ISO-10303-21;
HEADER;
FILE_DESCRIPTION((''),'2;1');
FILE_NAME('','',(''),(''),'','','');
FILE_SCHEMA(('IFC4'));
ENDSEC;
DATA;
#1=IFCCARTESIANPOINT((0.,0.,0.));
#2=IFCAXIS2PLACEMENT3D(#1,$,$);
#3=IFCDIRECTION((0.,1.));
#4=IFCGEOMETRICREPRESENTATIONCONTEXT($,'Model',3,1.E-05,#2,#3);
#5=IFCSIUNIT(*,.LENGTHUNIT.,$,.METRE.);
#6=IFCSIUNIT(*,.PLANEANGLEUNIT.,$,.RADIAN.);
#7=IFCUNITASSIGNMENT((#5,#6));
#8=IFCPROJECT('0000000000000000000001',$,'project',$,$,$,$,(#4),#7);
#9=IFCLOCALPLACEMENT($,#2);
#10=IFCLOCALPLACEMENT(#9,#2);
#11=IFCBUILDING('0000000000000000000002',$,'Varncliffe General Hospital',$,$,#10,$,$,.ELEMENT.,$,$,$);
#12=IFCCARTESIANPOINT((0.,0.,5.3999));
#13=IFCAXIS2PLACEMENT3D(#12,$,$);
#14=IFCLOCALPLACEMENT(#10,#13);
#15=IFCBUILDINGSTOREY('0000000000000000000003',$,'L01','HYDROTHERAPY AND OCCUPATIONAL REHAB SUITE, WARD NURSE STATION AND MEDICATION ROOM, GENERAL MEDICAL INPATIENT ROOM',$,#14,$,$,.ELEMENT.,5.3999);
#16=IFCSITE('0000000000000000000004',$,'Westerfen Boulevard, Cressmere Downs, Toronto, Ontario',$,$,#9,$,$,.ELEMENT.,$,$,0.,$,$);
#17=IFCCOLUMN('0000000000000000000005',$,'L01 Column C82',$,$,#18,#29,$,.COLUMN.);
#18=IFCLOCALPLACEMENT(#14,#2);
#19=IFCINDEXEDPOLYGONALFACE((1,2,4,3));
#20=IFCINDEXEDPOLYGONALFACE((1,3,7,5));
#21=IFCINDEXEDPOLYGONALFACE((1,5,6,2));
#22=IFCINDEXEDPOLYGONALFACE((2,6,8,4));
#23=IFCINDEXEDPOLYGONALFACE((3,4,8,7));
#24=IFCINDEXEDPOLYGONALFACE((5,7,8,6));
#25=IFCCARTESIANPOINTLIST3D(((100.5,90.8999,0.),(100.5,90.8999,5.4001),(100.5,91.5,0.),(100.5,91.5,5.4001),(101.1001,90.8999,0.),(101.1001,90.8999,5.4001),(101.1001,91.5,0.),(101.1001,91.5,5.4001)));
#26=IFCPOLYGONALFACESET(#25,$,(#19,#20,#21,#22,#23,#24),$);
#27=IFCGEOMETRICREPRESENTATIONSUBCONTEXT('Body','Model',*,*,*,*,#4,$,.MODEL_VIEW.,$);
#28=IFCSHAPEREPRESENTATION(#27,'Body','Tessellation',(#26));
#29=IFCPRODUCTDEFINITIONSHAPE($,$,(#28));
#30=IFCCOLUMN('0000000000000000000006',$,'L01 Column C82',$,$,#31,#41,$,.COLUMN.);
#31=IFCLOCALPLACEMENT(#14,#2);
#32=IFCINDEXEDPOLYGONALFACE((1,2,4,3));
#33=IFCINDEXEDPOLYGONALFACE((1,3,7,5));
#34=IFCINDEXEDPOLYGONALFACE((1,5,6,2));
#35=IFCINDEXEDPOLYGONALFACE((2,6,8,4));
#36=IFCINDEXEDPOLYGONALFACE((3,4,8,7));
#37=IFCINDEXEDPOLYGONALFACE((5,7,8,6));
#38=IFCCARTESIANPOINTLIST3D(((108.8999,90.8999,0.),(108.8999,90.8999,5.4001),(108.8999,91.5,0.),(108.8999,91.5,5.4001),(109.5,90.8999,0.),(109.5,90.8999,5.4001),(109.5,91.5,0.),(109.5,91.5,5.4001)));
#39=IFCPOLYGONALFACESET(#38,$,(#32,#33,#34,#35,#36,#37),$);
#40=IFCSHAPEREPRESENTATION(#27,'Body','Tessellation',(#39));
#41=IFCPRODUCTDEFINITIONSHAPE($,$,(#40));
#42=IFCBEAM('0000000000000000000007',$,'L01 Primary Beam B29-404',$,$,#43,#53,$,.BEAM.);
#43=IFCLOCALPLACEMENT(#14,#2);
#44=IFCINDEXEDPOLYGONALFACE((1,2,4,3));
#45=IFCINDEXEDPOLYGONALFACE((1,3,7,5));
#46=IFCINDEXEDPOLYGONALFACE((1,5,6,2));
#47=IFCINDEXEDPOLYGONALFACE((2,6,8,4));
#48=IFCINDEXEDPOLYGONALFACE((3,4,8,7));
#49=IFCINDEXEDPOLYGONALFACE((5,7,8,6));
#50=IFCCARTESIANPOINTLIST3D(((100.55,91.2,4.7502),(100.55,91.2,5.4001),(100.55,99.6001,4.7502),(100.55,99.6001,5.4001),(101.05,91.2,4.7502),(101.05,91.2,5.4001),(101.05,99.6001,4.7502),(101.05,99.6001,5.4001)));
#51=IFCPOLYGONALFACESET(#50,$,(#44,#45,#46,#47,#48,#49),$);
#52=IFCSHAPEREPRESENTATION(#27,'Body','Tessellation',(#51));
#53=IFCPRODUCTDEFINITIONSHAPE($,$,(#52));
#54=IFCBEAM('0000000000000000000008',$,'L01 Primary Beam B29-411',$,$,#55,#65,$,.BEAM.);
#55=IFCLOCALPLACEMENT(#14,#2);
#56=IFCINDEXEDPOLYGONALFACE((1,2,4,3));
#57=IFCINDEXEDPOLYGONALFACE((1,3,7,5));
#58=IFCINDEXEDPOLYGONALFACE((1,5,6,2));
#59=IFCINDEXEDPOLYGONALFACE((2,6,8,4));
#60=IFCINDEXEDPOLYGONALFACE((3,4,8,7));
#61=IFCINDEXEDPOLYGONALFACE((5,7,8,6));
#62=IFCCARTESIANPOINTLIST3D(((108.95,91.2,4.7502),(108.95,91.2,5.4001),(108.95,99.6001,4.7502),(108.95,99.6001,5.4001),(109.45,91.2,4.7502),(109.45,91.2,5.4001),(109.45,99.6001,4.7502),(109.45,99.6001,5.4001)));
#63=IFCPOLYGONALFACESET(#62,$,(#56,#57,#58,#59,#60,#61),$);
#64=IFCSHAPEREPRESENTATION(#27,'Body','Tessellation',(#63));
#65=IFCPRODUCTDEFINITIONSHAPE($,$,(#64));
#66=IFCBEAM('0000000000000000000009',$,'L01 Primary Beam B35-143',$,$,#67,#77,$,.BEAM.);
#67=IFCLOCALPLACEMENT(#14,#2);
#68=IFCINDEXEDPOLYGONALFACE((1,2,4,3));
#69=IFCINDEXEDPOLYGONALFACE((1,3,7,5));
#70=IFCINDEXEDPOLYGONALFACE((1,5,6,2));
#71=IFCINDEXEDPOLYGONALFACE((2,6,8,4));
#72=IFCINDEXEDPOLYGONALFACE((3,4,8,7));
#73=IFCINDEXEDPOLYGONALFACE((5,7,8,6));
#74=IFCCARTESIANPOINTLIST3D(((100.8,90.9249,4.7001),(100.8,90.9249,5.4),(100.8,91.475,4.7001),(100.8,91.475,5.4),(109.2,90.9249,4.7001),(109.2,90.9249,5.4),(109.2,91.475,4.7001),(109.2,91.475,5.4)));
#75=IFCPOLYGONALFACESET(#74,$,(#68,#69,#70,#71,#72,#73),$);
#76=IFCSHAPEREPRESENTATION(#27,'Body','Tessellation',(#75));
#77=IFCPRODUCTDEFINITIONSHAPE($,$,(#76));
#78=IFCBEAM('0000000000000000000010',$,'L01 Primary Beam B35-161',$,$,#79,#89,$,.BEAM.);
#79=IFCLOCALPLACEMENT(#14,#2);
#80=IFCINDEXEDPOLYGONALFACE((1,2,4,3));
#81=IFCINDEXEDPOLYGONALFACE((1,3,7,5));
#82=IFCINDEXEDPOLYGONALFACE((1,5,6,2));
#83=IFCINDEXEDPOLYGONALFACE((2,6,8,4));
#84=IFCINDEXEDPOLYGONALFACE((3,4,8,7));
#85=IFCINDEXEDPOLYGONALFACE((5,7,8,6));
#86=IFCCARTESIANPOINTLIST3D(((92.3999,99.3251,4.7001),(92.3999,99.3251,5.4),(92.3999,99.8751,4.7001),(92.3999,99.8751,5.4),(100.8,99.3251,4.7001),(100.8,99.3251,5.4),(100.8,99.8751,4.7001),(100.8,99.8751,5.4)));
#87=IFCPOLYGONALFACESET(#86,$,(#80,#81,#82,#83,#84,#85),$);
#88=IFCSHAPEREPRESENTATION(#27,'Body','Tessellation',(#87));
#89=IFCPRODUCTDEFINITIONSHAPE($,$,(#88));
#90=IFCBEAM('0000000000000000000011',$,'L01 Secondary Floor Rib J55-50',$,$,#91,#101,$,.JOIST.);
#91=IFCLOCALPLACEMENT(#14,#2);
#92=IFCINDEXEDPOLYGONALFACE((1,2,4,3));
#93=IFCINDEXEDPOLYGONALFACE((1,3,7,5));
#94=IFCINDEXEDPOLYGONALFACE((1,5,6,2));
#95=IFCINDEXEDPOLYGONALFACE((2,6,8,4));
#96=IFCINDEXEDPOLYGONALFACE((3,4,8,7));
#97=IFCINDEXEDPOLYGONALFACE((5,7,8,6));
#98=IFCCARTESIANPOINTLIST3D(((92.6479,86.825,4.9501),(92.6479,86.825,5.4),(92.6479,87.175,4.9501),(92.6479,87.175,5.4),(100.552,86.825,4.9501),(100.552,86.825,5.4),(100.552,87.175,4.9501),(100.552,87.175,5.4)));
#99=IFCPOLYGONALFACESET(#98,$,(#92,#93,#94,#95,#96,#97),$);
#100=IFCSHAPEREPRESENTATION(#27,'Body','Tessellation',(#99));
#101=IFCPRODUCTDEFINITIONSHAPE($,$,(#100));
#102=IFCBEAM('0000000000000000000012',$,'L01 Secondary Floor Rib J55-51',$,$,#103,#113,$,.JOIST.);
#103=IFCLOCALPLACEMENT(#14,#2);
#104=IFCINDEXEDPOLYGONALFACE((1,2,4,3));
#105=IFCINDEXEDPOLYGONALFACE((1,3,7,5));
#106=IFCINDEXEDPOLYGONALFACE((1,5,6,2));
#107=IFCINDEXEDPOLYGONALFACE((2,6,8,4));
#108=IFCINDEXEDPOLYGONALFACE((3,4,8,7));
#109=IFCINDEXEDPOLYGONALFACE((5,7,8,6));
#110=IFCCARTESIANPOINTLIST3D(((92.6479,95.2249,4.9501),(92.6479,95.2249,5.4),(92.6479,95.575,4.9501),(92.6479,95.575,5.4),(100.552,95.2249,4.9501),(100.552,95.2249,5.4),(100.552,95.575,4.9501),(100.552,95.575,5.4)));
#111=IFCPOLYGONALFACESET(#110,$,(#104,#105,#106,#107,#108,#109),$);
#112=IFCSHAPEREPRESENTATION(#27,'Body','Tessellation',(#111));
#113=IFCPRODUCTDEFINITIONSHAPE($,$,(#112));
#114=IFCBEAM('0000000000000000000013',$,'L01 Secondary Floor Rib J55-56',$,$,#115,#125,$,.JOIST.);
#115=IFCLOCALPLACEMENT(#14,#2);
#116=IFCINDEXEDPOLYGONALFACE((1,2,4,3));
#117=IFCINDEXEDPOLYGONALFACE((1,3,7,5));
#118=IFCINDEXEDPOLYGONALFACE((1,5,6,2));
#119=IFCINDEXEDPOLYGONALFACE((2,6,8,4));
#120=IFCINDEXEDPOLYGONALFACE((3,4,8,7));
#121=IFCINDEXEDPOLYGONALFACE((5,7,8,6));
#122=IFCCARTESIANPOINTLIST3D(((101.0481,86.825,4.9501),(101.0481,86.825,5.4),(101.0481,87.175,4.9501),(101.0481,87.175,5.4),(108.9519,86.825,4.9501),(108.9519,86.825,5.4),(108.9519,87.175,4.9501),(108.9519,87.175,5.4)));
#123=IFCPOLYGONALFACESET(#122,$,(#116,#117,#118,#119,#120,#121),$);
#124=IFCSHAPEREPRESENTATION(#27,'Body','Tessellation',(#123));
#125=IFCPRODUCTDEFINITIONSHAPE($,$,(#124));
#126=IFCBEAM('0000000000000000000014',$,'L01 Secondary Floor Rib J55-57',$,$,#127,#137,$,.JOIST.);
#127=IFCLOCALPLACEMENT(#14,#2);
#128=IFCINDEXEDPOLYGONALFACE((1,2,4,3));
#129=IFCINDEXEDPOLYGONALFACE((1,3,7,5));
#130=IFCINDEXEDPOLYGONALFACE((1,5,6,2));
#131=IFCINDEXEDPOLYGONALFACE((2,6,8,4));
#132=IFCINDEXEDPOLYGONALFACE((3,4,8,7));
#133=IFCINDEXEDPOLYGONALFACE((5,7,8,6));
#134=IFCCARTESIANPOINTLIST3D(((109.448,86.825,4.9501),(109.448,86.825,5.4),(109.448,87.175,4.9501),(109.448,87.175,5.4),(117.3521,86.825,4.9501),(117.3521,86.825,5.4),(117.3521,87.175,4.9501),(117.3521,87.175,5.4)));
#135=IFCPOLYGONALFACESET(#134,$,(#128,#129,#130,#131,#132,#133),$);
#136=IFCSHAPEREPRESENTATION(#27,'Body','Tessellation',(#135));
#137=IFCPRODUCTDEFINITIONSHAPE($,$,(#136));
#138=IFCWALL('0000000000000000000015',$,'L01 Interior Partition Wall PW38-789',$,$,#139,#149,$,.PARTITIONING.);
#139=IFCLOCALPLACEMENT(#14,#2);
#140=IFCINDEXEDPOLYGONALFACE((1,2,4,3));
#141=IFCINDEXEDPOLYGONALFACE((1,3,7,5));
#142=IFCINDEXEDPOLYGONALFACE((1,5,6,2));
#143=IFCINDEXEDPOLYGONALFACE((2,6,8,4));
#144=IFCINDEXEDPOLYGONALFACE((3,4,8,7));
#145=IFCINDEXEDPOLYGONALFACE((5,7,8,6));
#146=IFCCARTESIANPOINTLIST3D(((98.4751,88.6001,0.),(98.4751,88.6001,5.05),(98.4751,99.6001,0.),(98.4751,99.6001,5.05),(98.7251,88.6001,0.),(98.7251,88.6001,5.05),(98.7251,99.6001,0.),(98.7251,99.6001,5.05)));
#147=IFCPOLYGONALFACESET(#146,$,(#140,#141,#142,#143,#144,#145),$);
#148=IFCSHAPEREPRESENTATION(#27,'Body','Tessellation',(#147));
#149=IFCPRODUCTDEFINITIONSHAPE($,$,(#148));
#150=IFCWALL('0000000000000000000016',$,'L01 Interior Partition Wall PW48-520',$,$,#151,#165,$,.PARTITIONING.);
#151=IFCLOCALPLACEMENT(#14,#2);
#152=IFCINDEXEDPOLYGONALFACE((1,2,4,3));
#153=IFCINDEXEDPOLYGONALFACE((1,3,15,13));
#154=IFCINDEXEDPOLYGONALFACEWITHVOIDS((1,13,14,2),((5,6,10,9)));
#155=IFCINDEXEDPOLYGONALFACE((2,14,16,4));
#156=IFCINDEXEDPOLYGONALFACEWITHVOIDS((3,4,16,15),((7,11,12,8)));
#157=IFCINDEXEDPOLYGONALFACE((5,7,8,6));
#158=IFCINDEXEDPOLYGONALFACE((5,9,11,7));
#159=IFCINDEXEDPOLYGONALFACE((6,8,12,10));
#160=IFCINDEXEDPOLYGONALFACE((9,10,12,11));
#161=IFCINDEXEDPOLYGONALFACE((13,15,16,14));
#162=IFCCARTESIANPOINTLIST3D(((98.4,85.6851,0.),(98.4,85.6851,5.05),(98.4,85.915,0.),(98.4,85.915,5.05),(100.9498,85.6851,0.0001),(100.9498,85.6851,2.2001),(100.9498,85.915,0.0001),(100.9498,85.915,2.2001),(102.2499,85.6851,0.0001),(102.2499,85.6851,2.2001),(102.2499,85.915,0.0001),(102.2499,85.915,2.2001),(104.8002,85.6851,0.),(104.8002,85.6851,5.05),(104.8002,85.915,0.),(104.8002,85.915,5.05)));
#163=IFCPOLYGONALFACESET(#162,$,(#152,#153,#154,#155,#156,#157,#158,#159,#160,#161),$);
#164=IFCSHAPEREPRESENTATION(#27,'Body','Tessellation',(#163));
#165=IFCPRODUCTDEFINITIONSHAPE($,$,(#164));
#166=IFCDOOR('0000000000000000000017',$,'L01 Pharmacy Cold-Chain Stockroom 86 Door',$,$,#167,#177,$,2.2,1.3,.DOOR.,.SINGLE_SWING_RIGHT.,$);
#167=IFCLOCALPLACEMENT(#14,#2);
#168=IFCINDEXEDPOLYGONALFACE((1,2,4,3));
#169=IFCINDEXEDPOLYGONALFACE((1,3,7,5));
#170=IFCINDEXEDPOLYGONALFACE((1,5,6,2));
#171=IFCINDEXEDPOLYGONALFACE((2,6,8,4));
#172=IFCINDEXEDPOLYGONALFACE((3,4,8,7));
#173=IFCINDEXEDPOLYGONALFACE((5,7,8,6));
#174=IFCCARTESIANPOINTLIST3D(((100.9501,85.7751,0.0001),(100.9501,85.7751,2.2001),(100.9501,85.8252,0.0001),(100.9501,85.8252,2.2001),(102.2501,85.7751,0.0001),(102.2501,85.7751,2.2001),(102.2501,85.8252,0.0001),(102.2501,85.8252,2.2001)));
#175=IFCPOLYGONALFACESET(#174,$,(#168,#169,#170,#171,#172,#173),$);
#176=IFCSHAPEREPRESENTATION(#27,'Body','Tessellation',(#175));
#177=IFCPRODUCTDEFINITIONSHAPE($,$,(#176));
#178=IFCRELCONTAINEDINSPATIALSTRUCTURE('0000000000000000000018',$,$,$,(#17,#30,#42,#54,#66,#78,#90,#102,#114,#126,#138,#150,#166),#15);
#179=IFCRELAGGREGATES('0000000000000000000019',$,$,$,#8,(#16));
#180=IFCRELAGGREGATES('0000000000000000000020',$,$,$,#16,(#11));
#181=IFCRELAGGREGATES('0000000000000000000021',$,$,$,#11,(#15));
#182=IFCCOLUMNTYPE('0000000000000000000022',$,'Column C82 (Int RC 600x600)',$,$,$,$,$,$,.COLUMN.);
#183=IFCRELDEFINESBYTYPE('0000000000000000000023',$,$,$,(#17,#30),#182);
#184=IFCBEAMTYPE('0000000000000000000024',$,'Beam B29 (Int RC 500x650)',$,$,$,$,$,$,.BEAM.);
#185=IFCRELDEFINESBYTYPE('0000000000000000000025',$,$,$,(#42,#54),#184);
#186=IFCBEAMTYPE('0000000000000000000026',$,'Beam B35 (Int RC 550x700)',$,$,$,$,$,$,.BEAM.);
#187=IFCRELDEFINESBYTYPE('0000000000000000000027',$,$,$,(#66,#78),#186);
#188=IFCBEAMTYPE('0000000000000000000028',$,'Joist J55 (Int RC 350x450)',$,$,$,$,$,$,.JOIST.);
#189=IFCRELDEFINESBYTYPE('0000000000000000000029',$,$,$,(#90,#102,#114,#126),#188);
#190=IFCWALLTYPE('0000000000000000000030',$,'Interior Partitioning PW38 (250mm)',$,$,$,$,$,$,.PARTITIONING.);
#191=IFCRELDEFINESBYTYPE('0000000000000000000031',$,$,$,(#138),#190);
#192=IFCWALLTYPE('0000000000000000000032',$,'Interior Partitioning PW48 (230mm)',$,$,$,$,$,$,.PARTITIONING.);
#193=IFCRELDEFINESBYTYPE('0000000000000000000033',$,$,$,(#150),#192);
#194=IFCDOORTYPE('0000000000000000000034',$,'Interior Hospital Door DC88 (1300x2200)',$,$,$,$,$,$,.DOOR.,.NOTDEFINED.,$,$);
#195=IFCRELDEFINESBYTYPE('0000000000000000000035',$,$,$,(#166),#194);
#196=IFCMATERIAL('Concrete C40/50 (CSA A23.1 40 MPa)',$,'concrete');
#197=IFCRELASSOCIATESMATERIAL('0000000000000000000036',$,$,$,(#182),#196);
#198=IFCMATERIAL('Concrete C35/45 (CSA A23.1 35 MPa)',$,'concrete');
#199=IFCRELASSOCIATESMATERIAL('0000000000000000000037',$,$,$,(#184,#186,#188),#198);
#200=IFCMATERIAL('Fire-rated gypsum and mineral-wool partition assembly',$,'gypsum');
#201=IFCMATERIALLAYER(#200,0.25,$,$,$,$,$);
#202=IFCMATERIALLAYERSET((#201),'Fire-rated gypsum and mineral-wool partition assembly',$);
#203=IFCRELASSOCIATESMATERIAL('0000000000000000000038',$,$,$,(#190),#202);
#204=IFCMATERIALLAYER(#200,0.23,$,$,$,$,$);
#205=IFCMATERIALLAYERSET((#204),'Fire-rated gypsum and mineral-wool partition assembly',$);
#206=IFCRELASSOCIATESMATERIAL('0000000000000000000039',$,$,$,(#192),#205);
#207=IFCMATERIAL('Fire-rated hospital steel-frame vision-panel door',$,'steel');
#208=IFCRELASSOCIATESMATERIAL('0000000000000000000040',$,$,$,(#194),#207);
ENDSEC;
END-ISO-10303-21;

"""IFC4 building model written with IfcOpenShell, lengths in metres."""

from ifc_helpers import new_model, si_unit, direction, frame, frame_2d, origin, origin_2d, place, context, subcontext, project, spatial, rectangle, extrude, material, layer, layer_set, material_profile, profile_set, type_object, element, fill, save


model = new_model("IFC4")

# Units and contexts
model_context = context("Model", 3, precision=1e-05, world=origin(), true_north=direction((0.0, 1.0)))
body_context = subcontext(model_context, "Body", "Model", "MODEL_VIEW")
ifc_project = project(units=[si_unit("LENGTHUNIT", "METRE"), si_unit("PLANEANGLEUNIT", "RADIAN")], contexts=[model_context])

# Site, building, storey
site_placement = place(None, origin())
site = spatial("IfcSite", under=ifc_project, at=site_placement, Name="Westerfen Boulevard, Cressmere Downs, Toronto, Ontario", CompositionType="ELEMENT", RefElevation=0.0)
building_placement = place(site_placement, origin())
building = spatial("IfcBuilding", under=site, at=building_placement, Name="Varncliffe General Hospital", CompositionType="ELEMENT")
storey_placement = place(building_placement, frame((0.0, 0.0, 5.3999)))
storey = spatial("IfcBuildingStorey", under=building, at=storey_placement, Name="L01", Description="HYDROTHERAPY AND OCCUPATIONAL REHAB SUITE, WARD NURSE STATION AND MEDICATION ROOM, GENERAL MEDICAL INPATIENT ROOM", CompositionType="ELEMENT", Elevation=5.3999)

# Columns
ifc_material_1 = material(Name="Concrete C40/50 (CSA A23.1 40 MPa)", Category="concrete")
ifc_material_profile_1 = material_profile(ifc_material_1, rectangle(XDim=0.6001, YDim=0.6001, at=origin_2d()), Name="RC 600x600")
ifc_profile_set_1 = profile_set([ifc_material_profile_1], Name="Concrete C40/50 (CSA A23.1 40 MPa)")
column_type = type_object("IfcColumnType", Name="Column C82 (Int RC 600x600)", PredefinedType="COLUMN", material=ifc_profile_set_1)
for number, where, z_axis, x_axis, name in (
    (1, (100.8, 91.2, 0.0), (0.0, 0.0, 1.0), (1.0, 0.0, 0.0), "L01 Column C82"),
    (2, (109.2, 91.2, 0.0), (0.0, 0.0, 1.0), (1.0, 0.0, 0.0), "L01 Column C82"),
):
    element("IfcColumn", number, at=place(storey_placement, frame(where, z_axis=z_axis, x_axis=x_axis)), inside=storey, type_object=column_type, Name=name, PredefinedType="COLUMN", context=body_context, shape_type="SweptSolid", body=[
        extrude(rectangle(XDim=0.6001, YDim=0.6001, at=origin_2d()), origin(), (0.0, 0.0, 1.0), 5.4001),
    ])

# Beams
ifc_material_2 = material(Name="Concrete C35/45 (CSA A23.1 35 MPa)", Category="concrete")
ifc_material_profile_2 = material_profile(ifc_material_2, rectangle(XDim=0.5, YDim=0.6499, at=origin_2d()), Name="RC 500x650")
ifc_profile_set_2 = profile_set([ifc_material_profile_2], Name="Concrete C35/45 (CSA A23.1 35 MPa)")
beam_type_1 = type_object("IfcBeamType", Name="Beam B29 (Int RC 500x650)", PredefinedType="BEAM", material=ifc_profile_set_2)
for number, where, z_axis, x_axis, name in (
    (3, (100.8, 91.2, 5.0752), (0.0, 1.0, 0.0), (-1.0, 0.0, 0.0), "L01 Primary Beam B29-404"),
    (4, (109.2, 91.2, 5.0752), (0.0, 1.0, 0.0), (-1.0, 0.0, 0.0), "L01 Primary Beam B29-411"),
):
    element("IfcBeam", number, at=place(storey_placement, frame(where, z_axis=z_axis, x_axis=x_axis)), inside=storey, type_object=beam_type_1, Name=name, PredefinedType="BEAM", context=body_context, shape_type="SweptSolid", body=[
        extrude(rectangle(XDim=0.5, YDim=0.6499, at=origin_2d()), origin(), (0.0, 0.0, 1.0), 8.4001),
    ])
ifc_material_profile_3 = material_profile(ifc_material_2, rectangle(XDim=0.55, YDim=0.7, at=origin_2d()), Name="RC 550x700")
ifc_profile_set_3 = profile_set([ifc_material_profile_3], Name="Concrete C35/45 (CSA A23.1 35 MPa)")
beam_type_2 = type_object("IfcBeamType", Name="Beam B35 (Int RC 550x700)", PredefinedType="BEAM", material=ifc_profile_set_3)
beam_1_placement = place(storey_placement, frame((100.8, 91.2, 5.05), z_axis=(1.0, 0.0, 0.0), x_axis=(0.0, 1.0, 0.0)))
element("IfcBeam", 5, at=beam_1_placement, inside=storey, type_object=beam_type_2, Name="L01 Primary Beam B35-143", PredefinedType="BEAM", context=body_context, shape_type="SweptSolid", body=[
    extrude(rectangle(XDim=0.55, YDim=0.7, at=origin_2d()), origin(), (0.0, 0.0, 1.0), 8.3999),
])
beam_2_placement = place(storey_placement, frame((92.3999, 99.6001, 5.05), z_axis=(1.0, 0.0, 0.0), x_axis=(0.0, 1.0, 0.0)))
element("IfcBeam", 6, at=beam_2_placement, inside=storey, type_object=beam_type_2, Name="L01 Primary Beam B35-161", PredefinedType="BEAM", context=body_context, shape_type="SweptSolid", body=[
    extrude(rectangle(XDim=0.55, YDim=0.7, at=origin_2d()), origin(), (0.0, 0.0, 1.0), 8.4001),
])
ifc_material_profile_4 = material_profile(ifc_material_2, rectangle(XDim=0.3501, YDim=0.45, at=origin_2d()), Name="RC 350x450")
ifc_profile_set_4 = profile_set([ifc_material_profile_4], Name="Concrete C35/45 (CSA A23.1 35 MPa)")
beam_type_3 = type_object("IfcBeamType", Name="Joist J55 (Int RC 350x450)", PredefinedType="JOIST", material=ifc_profile_set_4)
for number, where, z_axis, x_axis, name in (
    (7, (92.6479, 87.0, 5.175), (1.0, 0.0, 0.0), (0.0, 1.0, 0.0), "L01 Secondary Floor Rib J55-50"),
    (8, (92.6479, 95.3999, 5.175), (1.0, 0.0, 0.0), (0.0, 1.0, 0.0), "L01 Secondary Floor Rib J55-51"),
):
    element("IfcBeam", number, at=place(storey_placement, frame(where, z_axis=z_axis, x_axis=x_axis)), inside=storey, type_object=beam_type_3, Name=name, PredefinedType="JOIST", context=body_context, shape_type="SweptSolid", body=[
        extrude(rectangle(XDim=0.3501, YDim=0.45, at=origin_2d()), origin(), (0.0, 0.0, 1.0), 7.9041),
    ])
beam_3_placement = place(storey_placement, frame((101.0481, 87.0, 5.175), z_axis=(1.0, 0.0, 0.0), x_axis=(0.0, 1.0, 0.0)))
element("IfcBeam", 9, at=beam_3_placement, inside=storey, type_object=beam_type_3, Name="L01 Secondary Floor Rib J55-56", PredefinedType="JOIST", context=body_context, shape_type="SweptSolid", body=[
    extrude(rectangle(XDim=0.3501, YDim=0.45, at=origin_2d()), origin(), (0.0, 0.0, 1.0), 7.9038),
])
beam_4_placement = place(storey_placement, frame((109.448, 87.0, 5.175), z_axis=(1.0, 0.0, 0.0), x_axis=(0.0, 1.0, 0.0)))
element("IfcBeam", 10, at=beam_4_placement, inside=storey, type_object=beam_type_3, Name="L01 Secondary Floor Rib J55-57", PredefinedType="JOIST", context=body_context, shape_type="SweptSolid", body=[
    extrude(rectangle(XDim=0.3501, YDim=0.45, at=origin_2d()), origin(), (0.0, 0.0, 1.0), 7.9041),
])

# Wall
ifc_material_3 = material(Name="Fire-rated gypsum and mineral-wool partition assembly", Category="gypsum")
ifc_layer_1 = layer(ifc_material_3, 0.25)
ifc_layer_set_1 = layer_set([ifc_layer_1], Name="Fire-rated gypsum and mineral-wool partition assembly")
wall_type_1 = type_object("IfcWallType", Name="Interior Partitioning PW38 (250mm)", PredefinedType="PARTITIONING", material=ifc_layer_set_1)
wall_1_placement = place(storey_placement, frame((98.6001, 88.6001, 0.0), z_axis=(0.0, 0.0, 1.0), x_axis=(0.0, 1.0, 0.0)))
element("IfcWall", 11, at=wall_1_placement, inside=storey, type_object=wall_type_1, Name="L01 Interior Partition Wall PW38-789", PredefinedType="PARTITIONING", context=body_context, shape_type="SweptSolid", body=[
    extrude(rectangle(XDim=11.0, YDim=0.25, at=frame_2d((5.5, 0.0))), origin(), (0.0, 0.0, 1.0), 5.05),
])

# Wall, opening, door
ifc_layer_2 = layer(ifc_material_3, 0.23)
ifc_layer_set_2 = layer_set([ifc_layer_2], Name="Fire-rated gypsum and mineral-wool partition assembly")
wall_type_2 = type_object("IfcWallType", Name="Interior Partitioning PW48 (230mm)", PredefinedType="PARTITIONING", material=ifc_layer_set_2)
wall_2_placement = place(storey_placement, frame((98.3999, 85.8, 0.0), z_axis=(0.0, 0.0, 1.0), x_axis=(1.0, 0.0, 0.0)))
wall_2 = element("IfcWall", 12, at=wall_2_placement, inside=storey, type_object=wall_type_2, Name="L01 Interior Partition Wall PW48-520", PredefinedType="PARTITIONING", context=body_context, shape_type="SweptSolid", body=[
    extrude(rectangle(XDim=6.4001, YDim=0.23, at=frame_2d((3.2002, 0.0))), origin(), (0.0, 0.0, 1.0), 5.05),
])
opening_1_placement = place(wall_2_placement, frame((2.55, 0.0, 0.0)))
opening_1 = element("IfcOpeningElement", 13, at=opening_1_placement, cuts=wall_2, PredefinedType="OPENING", context=body_context, shape_type="SweptSolid", body=[
    extrude(rectangle(XDim=1.3, YDim=2.2, at=frame_2d((0.6499, 1.1001))), frame((0.0, 0.125, 0.0), z_axis=(0.0, -1.0, 0.0), x_axis=(1.0, 0.0, 0.0)), (0.0, 0.0, 1.0), 0.25),
])
ifc_material_4 = material(Name="Fire-rated hospital steel-frame vision-panel door", Category="steel")
door_type_1 = type_object("IfcDoorType", Name="Interior Hospital Door DC88 (1300x2200)", OperationType="NOTDEFINED", PredefinedType="DOOR", material=ifc_material_4)
door_1_placement = place(opening_1_placement, frame((1.3, 0.0, 0.0), z_axis=(0.0, 0.0, 1.0), x_axis=(-1.0, 0.0, 0.0)))
door_1 = element("IfcDoor", 14, at=door_1_placement, inside=storey, type_object=door_type_1, Name="L01 Pharmacy Cold-Chain Stockroom 86 Door", OperationType="SINGLE_SWING_RIGHT", OverallHeight=2.2, OverallWidth=1.3, PredefinedType="DOOR", context=body_context, shape_type="SweptSolid", body=[
    extrude(rectangle(XDim=1.3, YDim=2.2, at=frame_2d((0.6499, 1.1001))), frame((0.0, 0.0249, 0.0), z_axis=(0.0, -1.0, 0.0), x_axis=(1.0, 0.0, 0.0)), (0.0, 0.0, 1.0), 0.05),
])
fill(opening_1, door_1)

save(model, "model.ifc")
